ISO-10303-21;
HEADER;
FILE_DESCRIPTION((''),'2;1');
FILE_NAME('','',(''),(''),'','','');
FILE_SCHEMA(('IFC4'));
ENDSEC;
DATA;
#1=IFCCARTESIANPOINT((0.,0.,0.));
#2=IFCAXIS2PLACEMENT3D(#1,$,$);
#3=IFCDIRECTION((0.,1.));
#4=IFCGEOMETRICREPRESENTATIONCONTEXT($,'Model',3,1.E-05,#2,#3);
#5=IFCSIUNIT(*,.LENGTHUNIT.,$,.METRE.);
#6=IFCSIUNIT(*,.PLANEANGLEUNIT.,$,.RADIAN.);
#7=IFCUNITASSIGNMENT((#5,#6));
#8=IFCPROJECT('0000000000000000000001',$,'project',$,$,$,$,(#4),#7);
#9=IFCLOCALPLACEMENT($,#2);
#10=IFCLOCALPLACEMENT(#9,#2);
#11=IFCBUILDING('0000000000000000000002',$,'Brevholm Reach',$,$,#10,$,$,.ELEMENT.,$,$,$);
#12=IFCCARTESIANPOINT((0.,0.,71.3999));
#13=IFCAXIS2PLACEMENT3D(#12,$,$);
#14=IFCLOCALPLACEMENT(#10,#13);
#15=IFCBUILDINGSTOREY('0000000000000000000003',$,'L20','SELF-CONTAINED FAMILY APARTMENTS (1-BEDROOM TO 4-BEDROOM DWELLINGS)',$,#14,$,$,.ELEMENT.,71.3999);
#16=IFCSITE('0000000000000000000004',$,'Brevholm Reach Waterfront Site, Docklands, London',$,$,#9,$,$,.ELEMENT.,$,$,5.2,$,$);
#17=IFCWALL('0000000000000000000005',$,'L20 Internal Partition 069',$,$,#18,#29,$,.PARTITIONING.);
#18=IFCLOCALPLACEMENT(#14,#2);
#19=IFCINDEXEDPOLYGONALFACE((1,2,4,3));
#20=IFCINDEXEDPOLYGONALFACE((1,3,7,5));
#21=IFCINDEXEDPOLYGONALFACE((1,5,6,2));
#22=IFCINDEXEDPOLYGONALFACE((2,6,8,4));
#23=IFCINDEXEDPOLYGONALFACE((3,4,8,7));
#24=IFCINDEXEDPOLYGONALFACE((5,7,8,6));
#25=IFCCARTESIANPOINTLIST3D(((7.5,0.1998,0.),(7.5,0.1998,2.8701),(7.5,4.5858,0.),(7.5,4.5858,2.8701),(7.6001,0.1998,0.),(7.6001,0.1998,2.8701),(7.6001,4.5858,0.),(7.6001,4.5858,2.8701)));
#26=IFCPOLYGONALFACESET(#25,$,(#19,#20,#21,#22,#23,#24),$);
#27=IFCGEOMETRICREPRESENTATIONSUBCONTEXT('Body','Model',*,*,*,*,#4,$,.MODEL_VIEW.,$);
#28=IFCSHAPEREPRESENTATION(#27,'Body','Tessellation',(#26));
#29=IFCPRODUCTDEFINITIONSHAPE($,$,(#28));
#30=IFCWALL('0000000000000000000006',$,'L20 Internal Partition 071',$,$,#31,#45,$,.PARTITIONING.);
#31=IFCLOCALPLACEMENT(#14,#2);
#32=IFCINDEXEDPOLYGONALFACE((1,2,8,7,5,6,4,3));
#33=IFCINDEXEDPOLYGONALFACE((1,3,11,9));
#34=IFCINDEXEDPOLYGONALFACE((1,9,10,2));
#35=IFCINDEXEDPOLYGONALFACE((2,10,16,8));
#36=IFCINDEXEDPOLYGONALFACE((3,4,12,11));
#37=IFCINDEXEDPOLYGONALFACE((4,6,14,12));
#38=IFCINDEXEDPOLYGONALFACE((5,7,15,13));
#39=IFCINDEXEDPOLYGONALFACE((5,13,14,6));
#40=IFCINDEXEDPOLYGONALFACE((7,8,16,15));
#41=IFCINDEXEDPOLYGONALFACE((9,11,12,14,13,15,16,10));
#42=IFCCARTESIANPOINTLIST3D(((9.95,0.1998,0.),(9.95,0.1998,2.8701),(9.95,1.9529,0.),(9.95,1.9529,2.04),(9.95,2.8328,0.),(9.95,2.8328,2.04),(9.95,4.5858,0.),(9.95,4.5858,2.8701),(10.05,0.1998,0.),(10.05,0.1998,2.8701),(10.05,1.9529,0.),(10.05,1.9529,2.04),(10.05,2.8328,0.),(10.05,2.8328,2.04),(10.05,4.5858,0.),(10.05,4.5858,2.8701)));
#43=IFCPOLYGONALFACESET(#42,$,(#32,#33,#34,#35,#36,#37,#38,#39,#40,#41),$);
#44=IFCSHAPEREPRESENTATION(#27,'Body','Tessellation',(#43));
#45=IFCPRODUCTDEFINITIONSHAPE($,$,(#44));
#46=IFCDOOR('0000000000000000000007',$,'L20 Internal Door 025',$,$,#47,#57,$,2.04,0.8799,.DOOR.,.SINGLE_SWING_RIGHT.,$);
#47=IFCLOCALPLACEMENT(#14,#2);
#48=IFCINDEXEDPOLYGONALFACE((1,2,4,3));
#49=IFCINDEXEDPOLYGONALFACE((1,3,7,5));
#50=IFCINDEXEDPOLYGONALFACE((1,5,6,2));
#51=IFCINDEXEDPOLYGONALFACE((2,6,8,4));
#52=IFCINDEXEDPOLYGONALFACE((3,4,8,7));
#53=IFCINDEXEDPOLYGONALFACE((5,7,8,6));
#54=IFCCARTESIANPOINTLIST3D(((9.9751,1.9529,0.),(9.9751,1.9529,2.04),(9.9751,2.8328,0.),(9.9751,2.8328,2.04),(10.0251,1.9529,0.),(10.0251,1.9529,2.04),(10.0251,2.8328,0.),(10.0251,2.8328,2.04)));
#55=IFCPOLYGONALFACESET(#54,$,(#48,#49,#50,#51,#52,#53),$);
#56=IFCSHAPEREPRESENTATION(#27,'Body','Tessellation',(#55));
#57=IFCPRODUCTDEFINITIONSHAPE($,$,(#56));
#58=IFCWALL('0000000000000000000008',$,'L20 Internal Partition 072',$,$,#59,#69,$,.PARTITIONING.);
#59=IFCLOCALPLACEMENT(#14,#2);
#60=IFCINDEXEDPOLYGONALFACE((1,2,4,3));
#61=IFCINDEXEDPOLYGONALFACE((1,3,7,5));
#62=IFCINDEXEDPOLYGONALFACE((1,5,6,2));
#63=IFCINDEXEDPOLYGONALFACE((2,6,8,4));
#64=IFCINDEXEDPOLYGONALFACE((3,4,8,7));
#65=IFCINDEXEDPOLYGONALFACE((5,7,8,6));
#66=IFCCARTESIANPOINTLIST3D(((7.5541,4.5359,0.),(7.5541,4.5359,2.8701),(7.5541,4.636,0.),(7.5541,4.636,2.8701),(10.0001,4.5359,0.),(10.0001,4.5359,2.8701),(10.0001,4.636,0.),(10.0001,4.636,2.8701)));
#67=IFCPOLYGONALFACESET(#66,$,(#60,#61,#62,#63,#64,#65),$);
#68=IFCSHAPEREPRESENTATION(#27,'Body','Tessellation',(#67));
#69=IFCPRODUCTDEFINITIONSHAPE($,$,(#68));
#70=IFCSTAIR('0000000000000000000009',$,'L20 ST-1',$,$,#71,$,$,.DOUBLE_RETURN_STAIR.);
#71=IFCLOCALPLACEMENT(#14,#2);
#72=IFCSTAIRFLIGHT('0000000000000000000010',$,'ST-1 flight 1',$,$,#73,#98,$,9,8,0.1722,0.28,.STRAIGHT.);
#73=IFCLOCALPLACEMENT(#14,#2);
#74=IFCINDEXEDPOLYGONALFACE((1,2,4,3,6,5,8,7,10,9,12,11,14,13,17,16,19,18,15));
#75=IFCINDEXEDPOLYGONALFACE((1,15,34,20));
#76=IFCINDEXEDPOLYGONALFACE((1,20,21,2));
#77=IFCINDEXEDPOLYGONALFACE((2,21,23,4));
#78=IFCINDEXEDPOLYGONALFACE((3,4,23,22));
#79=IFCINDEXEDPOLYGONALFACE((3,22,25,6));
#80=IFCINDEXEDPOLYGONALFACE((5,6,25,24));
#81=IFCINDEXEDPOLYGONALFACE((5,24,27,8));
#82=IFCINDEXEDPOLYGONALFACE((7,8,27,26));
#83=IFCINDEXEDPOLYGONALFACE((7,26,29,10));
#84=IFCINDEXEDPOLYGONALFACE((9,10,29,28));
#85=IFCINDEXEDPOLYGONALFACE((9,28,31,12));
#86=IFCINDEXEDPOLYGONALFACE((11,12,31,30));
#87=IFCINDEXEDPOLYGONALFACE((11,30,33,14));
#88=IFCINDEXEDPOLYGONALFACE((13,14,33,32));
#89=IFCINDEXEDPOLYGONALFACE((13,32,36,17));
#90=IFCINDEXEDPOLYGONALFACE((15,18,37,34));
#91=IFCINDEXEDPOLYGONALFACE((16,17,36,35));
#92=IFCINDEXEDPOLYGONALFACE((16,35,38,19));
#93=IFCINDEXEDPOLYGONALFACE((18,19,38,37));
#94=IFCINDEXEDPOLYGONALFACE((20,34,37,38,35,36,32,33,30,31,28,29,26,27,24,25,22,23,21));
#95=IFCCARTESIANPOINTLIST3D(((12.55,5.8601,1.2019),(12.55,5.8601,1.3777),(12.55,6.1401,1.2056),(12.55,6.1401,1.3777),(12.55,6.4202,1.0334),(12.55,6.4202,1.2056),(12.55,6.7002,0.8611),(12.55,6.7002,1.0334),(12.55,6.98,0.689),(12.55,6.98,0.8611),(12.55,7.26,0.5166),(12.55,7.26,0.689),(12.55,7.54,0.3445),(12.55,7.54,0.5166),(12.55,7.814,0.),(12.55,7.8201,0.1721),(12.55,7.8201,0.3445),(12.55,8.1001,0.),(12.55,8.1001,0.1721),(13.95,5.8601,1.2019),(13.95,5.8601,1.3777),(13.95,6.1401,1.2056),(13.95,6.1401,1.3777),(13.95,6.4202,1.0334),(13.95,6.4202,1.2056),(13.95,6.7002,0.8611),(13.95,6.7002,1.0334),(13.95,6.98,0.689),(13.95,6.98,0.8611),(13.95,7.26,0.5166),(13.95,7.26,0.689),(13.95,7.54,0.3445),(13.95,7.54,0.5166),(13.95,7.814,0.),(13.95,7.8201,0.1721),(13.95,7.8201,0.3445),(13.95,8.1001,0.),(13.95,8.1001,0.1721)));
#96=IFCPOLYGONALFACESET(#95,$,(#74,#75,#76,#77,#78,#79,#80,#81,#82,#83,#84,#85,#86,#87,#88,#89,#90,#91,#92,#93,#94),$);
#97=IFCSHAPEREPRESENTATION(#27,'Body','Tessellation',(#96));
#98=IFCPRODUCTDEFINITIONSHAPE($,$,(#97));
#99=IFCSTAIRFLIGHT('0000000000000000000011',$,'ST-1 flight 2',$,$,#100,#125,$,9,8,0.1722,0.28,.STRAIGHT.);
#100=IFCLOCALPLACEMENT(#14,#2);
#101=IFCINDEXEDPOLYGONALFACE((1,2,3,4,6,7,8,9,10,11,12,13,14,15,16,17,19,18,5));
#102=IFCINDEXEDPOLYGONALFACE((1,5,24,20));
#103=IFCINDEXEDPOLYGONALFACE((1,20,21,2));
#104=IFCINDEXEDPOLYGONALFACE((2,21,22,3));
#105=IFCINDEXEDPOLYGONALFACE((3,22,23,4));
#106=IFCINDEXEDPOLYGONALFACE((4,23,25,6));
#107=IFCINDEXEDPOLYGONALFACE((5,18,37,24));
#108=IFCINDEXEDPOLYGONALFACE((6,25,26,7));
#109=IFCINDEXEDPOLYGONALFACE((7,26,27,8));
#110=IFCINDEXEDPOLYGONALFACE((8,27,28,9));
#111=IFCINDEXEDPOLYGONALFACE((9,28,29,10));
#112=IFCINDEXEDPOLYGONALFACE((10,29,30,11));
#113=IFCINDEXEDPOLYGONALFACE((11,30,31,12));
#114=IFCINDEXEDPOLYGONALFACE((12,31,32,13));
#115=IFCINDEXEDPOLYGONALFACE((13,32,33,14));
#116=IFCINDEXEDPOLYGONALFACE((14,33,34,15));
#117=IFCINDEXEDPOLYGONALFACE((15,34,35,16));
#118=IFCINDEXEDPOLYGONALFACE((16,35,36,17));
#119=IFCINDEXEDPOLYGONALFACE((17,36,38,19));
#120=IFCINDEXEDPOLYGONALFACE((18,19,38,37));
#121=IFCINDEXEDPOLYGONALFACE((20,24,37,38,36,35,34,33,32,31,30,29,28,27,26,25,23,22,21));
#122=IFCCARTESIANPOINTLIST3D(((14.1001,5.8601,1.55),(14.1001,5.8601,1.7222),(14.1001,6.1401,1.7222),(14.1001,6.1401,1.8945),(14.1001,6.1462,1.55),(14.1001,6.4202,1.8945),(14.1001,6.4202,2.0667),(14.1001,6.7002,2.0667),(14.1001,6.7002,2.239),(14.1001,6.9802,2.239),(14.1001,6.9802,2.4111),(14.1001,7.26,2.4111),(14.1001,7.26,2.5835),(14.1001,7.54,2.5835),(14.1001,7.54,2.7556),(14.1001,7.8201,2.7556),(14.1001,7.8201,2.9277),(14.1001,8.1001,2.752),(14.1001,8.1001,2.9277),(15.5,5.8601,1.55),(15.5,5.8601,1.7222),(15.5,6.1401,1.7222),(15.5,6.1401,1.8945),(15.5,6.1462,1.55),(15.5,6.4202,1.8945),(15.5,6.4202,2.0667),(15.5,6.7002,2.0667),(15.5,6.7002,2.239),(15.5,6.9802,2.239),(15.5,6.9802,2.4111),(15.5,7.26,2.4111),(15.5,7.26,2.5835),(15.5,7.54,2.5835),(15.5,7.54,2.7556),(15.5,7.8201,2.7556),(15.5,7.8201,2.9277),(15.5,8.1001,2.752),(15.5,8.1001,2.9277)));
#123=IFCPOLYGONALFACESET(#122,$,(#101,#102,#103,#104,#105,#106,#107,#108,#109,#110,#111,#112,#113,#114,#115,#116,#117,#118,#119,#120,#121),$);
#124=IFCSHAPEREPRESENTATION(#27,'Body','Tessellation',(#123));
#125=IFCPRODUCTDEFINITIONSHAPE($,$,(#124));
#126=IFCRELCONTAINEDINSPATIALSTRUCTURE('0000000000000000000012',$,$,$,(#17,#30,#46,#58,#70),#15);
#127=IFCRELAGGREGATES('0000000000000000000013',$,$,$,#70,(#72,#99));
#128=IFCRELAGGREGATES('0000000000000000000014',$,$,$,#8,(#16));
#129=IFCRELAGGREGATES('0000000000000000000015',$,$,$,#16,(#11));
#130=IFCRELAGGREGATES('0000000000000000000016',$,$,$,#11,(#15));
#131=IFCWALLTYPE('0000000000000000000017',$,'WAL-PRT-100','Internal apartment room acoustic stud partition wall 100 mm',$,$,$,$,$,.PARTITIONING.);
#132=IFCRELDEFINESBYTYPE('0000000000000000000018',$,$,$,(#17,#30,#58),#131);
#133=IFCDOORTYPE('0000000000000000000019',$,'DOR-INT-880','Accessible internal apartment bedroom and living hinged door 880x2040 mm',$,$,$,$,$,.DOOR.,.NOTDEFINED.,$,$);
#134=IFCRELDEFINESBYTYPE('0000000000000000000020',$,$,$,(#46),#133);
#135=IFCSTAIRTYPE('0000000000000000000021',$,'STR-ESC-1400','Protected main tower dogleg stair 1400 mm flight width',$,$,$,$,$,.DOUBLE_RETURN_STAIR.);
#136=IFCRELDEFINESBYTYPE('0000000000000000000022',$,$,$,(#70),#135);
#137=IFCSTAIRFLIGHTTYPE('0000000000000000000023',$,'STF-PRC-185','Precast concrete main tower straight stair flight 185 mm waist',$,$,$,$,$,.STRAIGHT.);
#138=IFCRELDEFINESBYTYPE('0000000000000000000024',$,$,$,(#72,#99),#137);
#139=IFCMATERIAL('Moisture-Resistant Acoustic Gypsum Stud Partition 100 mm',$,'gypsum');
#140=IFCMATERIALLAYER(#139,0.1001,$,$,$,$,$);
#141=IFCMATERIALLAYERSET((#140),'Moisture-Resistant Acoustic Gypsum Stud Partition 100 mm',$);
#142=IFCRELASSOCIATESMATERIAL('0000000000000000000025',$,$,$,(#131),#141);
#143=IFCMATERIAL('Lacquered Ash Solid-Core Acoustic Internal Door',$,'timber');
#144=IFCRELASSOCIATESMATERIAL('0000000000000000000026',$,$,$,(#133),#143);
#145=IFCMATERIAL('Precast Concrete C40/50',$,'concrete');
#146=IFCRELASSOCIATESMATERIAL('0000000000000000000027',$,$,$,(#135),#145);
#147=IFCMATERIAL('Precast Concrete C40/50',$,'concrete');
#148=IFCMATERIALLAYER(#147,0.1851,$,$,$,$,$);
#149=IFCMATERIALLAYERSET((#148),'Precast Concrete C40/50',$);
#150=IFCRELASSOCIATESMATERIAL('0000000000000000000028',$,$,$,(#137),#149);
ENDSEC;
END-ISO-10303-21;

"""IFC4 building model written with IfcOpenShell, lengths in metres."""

from ifc_helpers import new_model, si_unit, direction, frame, frame_2d, origin, place, context, subcontext, project, spatial, polyline, rectangle, outline, extrude, material, layer, layer_set, type_object, element, fill, aggregate, save


model = new_model("IFC4")

# Units and contexts
model_context = context("Model", 3, precision=1e-05, world=origin(), true_north=direction((0.0, 1.0)))
body_context = subcontext(model_context, "Body", "Model", "MODEL_VIEW")
ifc_project = project(units=[si_unit("LENGTHUNIT", "METRE"), si_unit("PLANEANGLEUNIT", "RADIAN")], contexts=[model_context])

# Site, building, storey
site_placement = place(None, origin())
site = spatial("IfcSite", under=ifc_project, at=site_placement, Name="Brevholm Reach Waterfront Site, Docklands, London", CompositionType="ELEMENT", RefElevation=5.2)
building_placement = place(site_placement, origin())
building = spatial("IfcBuilding", under=site, at=building_placement, Name="Brevholm Reach", CompositionType="ELEMENT")
storey_placement = place(building_placement, frame((0.0, 0.0, 71.3999)))
storey = spatial("IfcBuildingStorey", under=building, at=storey_placement, Name="L20", Description="SELF-CONTAINED FAMILY APARTMENTS (1-BEDROOM TO 4-BEDROOM DWELLINGS)", CompositionType="ELEMENT", Elevation=71.3999)

# Wall
ifc_material_1 = material(Name="Moisture-Resistant Acoustic Gypsum Stud Partition 100 mm", Category="gypsum")
ifc_layer_1 = layer(ifc_material_1, 0.1001)
ifc_layer_set_1 = layer_set([ifc_layer_1], Name="Moisture-Resistant Acoustic Gypsum Stud Partition 100 mm")
wall_type_1 = type_object("IfcWallType", Name="WAL-PRT-100", Description="Internal apartment room acoustic stud partition wall 100 mm", PredefinedType="PARTITIONING", material=ifc_layer_set_1)
wall_1_placement = place(storey_placement, frame((7.55, 0.2, 0.0), z_axis=(0.0, 0.0, 1.0), x_axis=(0.0, 1.0, 0.0)))
element("IfcWall", 1, at=wall_1_placement, inside=storey, type_object=wall_type_1, Name="L20 Internal Partition 069", PredefinedType="PARTITIONING", context=body_context, shape_type="SweptSolid", body=[
    extrude(rectangle(XDim=4.386, YDim=0.1001, at=frame_2d((2.1929, 0.0))), origin(), (0.0, 0.0, 1.0), 2.8701),
])

# Wall, opening, door
wall_2_placement = place(storey_placement, frame((10.0, 0.2, 0.0), z_axis=(0.0, 0.0, 1.0), x_axis=(0.0, 1.0, 0.0)))
wall_2 = element("IfcWall", 2, at=wall_2_placement, inside=storey, type_object=wall_type_1, Name="L20 Internal Partition 071", PredefinedType="PARTITIONING", context=body_context, shape_type="SweptSolid", body=[
    extrude(rectangle(XDim=4.386, YDim=0.1001, at=frame_2d((2.1929, 0.0))), origin(), (0.0, 0.0, 1.0), 2.8701),
])
opening_placement = place(wall_2_placement, frame((1.7529, 0.0, 0.0)))
opening = element("IfcOpeningElement", 3, at=opening_placement, cuts=wall_2, PredefinedType="OPENING", context=body_context, shape_type="SweptSolid", body=[
    extrude(rectangle(XDim=0.8799, YDim=2.04, at=frame_2d((0.4399, 1.02))), frame((0.0, 0.0601, 0.0), z_axis=(0.0, -1.0, 0.0), x_axis=(1.0, 0.0, 0.0)), (0.0, 0.0, 1.0), 0.1201),
])
ifc_material_2 = material(Name="Lacquered Ash Solid-Core Acoustic Internal Door", Category="timber")
door_type = type_object("IfcDoorType", Name="DOR-INT-880", Description="Accessible internal apartment bedroom and living hinged door 880x2040 mm", OperationType="NOTDEFINED", PredefinedType="DOOR", material=ifc_material_2)
door_placement = place(opening_placement, origin())
door = element("IfcDoor", 4, at=door_placement, inside=storey, type_object=door_type, Name="L20 Internal Door 025", OperationType="SINGLE_SWING_RIGHT", OverallHeight=2.04, OverallWidth=0.8799, PredefinedType="DOOR", context=body_context, shape_type="SweptSolid", body=[
    extrude(rectangle(XDim=0.8799, YDim=2.04, at=frame_2d((0.4399, 1.02))), frame((0.0, 0.0249, 0.0), z_axis=(0.0, -1.0, 0.0), x_axis=(1.0, 0.0, 0.0)), (0.0, 0.0, 1.0), 0.05),
])
fill(opening, door)

# Wall
wall_3_placement = place(storey_placement, frame((7.554, 4.5859, 0.0), z_axis=(0.0, 0.0, 1.0), x_axis=(1.0, 0.0, 0.0)))
element("IfcWall", 5, at=wall_3_placement, inside=storey, type_object=wall_type_1, Name="L20 Internal Partition 072", PredefinedType="PARTITIONING", context=body_context, shape_type="SweptSolid", body=[
    extrude(rectangle(XDim=2.446, YDim=0.1001, at=frame_2d((1.2231, 0.0))), origin(), (0.0, 0.0, 1.0), 2.8701),
])

# Stair, stair flights
ifc_material_3 = material(Name="Precast Concrete C40/50", Category="concrete")
stair_type = type_object("IfcStairType", Name="STR-ESC-1400", Description="Protected main tower dogleg stair 1400 mm flight width", PredefinedType="DOUBLE_RETURN_STAIR", material=ifc_material_3)
stair_placement = place(storey_placement, origin())
stair = element("IfcStair", 6, at=stair_placement, inside=storey, type_object=stair_type, Name="L20 ST-1", PredefinedType="DOUBLE_RETURN_STAIR")
ifc_material_4 = material(Name="Precast Concrete C40/50", Category="concrete")
ifc_layer_2 = layer(ifc_material_4, 0.1851)
ifc_layer_set_2 = layer_set([ifc_layer_2], Name="Precast Concrete C40/50")
stair_flight_type = type_object("IfcStairFlightType", Name="STF-PRC-185", Description="Precast concrete main tower straight stair flight 185 mm waist", PredefinedType="STRAIGHT", material=ifc_layer_set_2)
stair_flight_1_placement = place(storey_placement, frame((13.25, 8.1001, 0.0), z_axis=(0.0, 0.0, 1.0), x_axis=(0.0, -1.0, 0.0)))
stair_flight_1 = element("IfcStairFlight", 7, at=stair_flight_1_placement, type_object=stair_flight_type, Name="ST-1 flight 1", NumberOfRisers=9, NumberOfTreads=8, PredefinedType="STRAIGHT", RiserHeight=0.1722, TreadLength=0.28, context=body_context, shape_type="SweptSolid", body=[
    extrude(outline(polyline([(0.0, 0.0), (0.0, 0.1721), (0.28, 0.1721), (0.28, 0.3445), (0.5601, 0.3445), (0.5601, 0.5166), (0.8401, 0.5166), (0.8401, 0.689), (1.1201, 0.689), (1.1201, 0.8611), (1.3999, 0.8611), (1.3999, 1.0334), (1.6799, 1.0334), (1.6799, 1.2056), (1.96, 1.2056), (1.96, 1.3777), (2.24, 1.3777), (2.24, 1.55), (2.24, 1.2019), (0.2861, 0.0), (0.0, 0.0)])), frame((0.0, 0.7, 0.0), z_axis=(0.0, -1.0, 0.0), x_axis=(1.0, 0.0, 0.0)), (0.0, 0.0, 1.0), 1.3999),
])
stair_flight_2_placement = place(storey_placement, frame((14.8, 5.8601, 1.55), z_axis=(0.0, 0.0, 1.0), x_axis=(0.0, 1.0, 0.0)))
stair_flight_2 = element("IfcStairFlight", 8, at=stair_flight_2_placement, type_object=stair_flight_type, Name="ST-1 flight 2", NumberOfRisers=9, NumberOfTreads=8, PredefinedType="STRAIGHT", RiserHeight=0.1722, TreadLength=0.28, context=body_context, shape_type="SweptSolid", body=[
    extrude(outline(polyline([(0.0, 0.0), (0.0, 0.1721), (0.28, 0.1721), (0.28, 0.3445), (0.5601, 0.3445), (0.5601, 0.5166), (0.8401, 0.5166), (0.8401, 0.689), (1.1201, 0.689), (1.1201, 0.8611), (1.3999, 0.8611), (1.3999, 1.0334), (1.6799, 1.0334), (1.6799, 1.2056), (1.96, 1.2056), (1.96, 1.3777), (2.24, 1.3777), (2.24, 1.55), (2.24, 1.2019), (0.2861, 0.0), (0.0, 0.0)])), frame((0.0, 0.7, 0.0), z_axis=(0.0, -1.0, 0.0), x_axis=(1.0, 0.0, 0.0)), (0.0, 0.0, 1.0), 1.3999),
])
aggregate(stair, [stair_flight_1, stair_flight_2])

save(model, "model.ifc")
